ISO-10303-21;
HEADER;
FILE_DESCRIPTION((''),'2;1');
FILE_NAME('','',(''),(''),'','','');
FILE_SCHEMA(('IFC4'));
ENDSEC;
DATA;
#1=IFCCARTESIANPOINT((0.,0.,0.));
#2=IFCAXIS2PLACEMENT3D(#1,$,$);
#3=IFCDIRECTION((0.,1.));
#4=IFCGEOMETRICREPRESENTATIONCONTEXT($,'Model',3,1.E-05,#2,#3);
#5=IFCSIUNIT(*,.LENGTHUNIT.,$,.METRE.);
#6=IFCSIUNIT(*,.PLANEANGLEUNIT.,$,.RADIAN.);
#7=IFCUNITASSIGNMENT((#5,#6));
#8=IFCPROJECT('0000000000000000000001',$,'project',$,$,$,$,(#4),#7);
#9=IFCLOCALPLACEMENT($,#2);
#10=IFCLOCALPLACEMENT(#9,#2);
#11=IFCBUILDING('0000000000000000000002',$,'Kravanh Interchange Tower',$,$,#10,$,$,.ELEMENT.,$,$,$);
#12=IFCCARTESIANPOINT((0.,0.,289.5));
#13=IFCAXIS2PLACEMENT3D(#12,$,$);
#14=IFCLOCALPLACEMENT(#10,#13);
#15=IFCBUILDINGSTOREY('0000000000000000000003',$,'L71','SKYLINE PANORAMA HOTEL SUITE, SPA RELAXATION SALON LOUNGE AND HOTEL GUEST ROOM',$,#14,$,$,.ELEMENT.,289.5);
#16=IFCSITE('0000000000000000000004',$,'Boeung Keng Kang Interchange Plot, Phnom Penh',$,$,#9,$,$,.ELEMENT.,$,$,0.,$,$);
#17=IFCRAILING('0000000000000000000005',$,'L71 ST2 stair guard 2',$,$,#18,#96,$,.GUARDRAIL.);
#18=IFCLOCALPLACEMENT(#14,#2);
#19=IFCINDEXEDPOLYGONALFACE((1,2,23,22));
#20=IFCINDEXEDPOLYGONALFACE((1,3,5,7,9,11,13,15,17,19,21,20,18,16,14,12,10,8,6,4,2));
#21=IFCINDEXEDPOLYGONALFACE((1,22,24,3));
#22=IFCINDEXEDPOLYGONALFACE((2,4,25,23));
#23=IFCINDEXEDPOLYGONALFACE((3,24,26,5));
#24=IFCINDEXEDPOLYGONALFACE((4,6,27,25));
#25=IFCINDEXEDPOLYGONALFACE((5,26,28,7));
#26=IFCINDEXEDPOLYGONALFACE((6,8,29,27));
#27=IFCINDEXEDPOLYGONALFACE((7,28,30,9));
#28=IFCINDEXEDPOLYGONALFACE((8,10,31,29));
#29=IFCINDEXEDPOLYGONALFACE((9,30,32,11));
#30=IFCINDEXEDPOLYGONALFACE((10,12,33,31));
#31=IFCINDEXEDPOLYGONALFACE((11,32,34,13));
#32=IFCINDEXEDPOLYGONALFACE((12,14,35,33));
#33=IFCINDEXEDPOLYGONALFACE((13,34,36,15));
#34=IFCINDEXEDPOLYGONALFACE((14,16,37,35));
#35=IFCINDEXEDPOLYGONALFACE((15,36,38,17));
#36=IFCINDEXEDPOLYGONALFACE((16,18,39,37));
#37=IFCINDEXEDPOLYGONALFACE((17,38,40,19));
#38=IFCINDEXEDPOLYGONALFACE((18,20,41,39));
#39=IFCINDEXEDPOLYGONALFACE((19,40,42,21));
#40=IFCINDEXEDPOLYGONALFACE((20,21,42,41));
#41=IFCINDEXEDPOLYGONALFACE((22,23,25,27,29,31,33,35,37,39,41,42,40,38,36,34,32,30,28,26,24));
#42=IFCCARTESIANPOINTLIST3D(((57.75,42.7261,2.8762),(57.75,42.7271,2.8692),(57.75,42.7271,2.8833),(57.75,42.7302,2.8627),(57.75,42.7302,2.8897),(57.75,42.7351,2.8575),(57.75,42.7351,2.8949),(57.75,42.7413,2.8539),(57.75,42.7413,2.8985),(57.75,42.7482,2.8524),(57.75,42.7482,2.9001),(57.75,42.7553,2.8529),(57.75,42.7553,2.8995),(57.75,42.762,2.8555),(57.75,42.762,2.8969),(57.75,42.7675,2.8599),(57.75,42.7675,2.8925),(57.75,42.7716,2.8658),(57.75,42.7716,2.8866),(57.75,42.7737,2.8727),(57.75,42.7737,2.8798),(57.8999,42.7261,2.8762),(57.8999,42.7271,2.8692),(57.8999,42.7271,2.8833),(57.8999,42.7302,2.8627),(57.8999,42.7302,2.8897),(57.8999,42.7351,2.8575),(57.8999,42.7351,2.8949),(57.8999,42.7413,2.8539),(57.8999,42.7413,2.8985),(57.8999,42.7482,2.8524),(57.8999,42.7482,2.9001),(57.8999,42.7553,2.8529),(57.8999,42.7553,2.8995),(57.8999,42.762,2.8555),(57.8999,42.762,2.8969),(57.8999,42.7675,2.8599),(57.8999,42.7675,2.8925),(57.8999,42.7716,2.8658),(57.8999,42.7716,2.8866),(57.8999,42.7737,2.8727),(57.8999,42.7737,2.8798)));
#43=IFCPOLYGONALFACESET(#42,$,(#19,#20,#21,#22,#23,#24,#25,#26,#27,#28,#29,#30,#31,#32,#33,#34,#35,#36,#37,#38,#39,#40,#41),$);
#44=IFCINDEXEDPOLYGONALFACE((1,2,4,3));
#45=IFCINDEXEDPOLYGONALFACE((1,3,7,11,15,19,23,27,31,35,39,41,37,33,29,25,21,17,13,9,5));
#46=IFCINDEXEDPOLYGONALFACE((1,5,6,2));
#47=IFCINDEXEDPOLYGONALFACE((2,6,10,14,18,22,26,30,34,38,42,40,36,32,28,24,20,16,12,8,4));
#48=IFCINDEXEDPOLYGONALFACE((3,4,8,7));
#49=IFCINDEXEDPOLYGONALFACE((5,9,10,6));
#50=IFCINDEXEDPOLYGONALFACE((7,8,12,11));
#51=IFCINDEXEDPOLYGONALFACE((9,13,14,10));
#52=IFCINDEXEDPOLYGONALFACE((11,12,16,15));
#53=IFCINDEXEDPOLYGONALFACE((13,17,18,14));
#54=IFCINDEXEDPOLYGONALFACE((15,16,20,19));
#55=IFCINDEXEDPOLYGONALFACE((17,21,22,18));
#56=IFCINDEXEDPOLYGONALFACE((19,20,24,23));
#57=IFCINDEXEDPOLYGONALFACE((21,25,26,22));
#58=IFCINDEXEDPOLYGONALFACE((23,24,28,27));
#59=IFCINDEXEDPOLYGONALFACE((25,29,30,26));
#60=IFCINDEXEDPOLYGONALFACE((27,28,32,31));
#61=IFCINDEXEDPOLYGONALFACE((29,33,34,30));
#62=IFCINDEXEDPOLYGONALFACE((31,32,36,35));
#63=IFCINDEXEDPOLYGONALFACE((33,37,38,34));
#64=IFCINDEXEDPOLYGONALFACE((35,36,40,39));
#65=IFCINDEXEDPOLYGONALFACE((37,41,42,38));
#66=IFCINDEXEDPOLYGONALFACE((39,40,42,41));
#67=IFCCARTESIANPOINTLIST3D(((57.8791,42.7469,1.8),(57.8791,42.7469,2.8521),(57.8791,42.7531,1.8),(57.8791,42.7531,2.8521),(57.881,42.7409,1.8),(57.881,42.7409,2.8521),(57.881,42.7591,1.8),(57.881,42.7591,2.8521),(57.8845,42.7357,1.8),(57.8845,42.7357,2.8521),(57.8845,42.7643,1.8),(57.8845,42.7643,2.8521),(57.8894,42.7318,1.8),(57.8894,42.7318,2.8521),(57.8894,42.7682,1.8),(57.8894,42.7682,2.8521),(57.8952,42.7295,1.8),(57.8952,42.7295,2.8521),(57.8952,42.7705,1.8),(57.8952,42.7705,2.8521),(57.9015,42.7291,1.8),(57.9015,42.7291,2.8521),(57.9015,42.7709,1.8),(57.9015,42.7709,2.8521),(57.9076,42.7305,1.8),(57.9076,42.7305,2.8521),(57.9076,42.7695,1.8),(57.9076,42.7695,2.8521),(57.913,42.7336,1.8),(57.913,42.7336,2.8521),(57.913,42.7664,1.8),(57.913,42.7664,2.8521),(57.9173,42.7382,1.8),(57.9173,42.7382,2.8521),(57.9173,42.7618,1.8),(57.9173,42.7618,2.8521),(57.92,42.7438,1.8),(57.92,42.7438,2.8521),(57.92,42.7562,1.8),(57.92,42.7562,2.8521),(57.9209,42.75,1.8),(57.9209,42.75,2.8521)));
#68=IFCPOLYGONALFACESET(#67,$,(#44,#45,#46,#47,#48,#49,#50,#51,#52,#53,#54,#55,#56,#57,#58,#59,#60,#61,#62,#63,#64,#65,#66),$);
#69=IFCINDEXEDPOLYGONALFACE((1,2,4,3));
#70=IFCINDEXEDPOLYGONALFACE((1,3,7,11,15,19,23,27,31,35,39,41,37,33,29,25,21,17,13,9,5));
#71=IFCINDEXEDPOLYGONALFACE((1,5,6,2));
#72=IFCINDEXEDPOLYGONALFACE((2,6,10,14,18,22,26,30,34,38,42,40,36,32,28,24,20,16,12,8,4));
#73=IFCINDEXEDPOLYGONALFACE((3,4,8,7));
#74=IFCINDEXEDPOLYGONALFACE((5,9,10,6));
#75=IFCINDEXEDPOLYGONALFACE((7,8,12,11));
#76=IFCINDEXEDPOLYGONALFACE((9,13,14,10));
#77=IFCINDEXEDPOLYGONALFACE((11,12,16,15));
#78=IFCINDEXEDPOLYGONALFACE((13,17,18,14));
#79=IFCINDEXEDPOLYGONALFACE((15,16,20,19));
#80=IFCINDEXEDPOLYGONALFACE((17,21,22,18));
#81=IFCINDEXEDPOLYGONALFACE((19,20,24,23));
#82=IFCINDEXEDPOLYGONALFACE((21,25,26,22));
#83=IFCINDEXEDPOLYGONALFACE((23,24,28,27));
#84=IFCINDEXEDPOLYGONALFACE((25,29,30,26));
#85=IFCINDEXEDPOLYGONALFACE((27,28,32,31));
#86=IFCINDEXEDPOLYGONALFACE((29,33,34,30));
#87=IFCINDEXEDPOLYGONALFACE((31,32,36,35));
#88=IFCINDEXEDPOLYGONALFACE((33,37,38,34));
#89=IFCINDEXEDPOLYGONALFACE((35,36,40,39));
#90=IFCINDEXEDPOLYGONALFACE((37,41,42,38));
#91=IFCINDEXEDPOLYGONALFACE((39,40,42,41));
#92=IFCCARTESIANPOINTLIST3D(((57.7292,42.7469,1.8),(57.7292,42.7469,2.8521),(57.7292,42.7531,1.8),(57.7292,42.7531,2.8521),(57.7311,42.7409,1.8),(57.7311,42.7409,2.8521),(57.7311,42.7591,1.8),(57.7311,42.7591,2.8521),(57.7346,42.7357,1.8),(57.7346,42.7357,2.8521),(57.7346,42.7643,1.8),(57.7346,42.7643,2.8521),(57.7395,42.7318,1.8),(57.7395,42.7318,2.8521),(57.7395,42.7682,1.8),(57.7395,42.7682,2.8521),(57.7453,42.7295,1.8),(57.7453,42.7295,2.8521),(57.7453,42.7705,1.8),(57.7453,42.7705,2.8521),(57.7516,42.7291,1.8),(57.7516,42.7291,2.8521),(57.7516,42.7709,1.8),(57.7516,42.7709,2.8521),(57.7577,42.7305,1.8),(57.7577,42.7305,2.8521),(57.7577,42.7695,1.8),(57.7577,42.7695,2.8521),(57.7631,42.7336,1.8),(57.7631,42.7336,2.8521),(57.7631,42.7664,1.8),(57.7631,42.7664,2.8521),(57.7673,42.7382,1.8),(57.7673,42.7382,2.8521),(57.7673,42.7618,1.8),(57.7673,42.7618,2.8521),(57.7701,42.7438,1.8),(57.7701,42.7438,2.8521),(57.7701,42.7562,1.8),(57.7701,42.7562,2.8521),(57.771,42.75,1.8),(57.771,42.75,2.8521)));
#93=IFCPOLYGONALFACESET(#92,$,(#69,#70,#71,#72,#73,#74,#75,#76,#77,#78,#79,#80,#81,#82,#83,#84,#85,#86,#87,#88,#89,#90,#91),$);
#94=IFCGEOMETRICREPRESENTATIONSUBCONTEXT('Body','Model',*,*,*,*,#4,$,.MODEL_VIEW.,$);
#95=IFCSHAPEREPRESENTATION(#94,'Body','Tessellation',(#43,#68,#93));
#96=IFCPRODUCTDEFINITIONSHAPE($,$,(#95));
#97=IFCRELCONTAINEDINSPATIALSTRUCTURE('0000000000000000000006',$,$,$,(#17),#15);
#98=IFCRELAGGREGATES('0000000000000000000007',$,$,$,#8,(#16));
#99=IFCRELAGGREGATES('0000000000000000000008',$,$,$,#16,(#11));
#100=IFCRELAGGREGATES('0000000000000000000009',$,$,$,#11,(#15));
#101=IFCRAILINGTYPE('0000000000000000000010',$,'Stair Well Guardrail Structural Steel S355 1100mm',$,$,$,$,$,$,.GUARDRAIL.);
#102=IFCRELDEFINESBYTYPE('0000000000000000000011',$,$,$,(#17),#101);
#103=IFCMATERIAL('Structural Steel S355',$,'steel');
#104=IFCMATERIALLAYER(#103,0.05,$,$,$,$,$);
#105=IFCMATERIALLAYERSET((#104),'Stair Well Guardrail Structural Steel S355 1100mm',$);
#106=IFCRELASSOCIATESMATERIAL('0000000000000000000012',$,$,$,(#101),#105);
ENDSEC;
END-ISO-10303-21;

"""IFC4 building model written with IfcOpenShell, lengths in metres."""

from ifc_helpers import new_model, si_unit, direction, frame, origin, origin_2d, place, context, subcontext, project, spatial, circle, extrude, material, layer, layer_set, type_object, element, save


model = new_model("IFC4")

# Units and contexts
model_context = context("Model", 3, precision=1e-05, world=origin(), true_north=direction((0.0, 1.0)))
body_context = subcontext(model_context, "Body", "Model", "MODEL_VIEW")
ifc_project = project(units=[si_unit("LENGTHUNIT", "METRE"), si_unit("PLANEANGLEUNIT", "RADIAN")], contexts=[model_context])

# Site, building, storey
site_placement = place(None, origin())
site = spatial("IfcSite", under=ifc_project, at=site_placement, Name="Boeung Keng Kang Interchange Plot, Phnom Penh", CompositionType="ELEMENT", RefElevation=0.0)
building_placement = place(site_placement, origin())
building = spatial("IfcBuilding", under=site, at=building_placement, Name="Kravanh Interchange Tower", CompositionType="ELEMENT")
storey_placement = place(building_placement, frame((0.0, 0.0, 289.5)))
storey = spatial("IfcBuildingStorey", under=building, at=storey_placement, Name="L71", Description="SKYLINE PANORAMA HOTEL SUITE, SPA RELAXATION SALON LOUNGE AND HOTEL GUEST ROOM", CompositionType="ELEMENT", Elevation=289.5)

# Railing
ifc_material_1 = material(Name="Structural Steel S355", Category="steel")
ifc_layer_1 = layer(ifc_material_1, 0.05)
ifc_layer_set_1 = layer_set([ifc_layer_1], Name="Stair Well Guardrail Structural Steel S355 1100mm")
railing_type_1 = type_object("IfcRailingType", Name="Stair Well Guardrail Structural Steel S355 1100mm", PredefinedType="GUARDRAIL", material=ifc_layer_set_1)
railing_1_placement = place(storey_placement, frame((57.8999, 42.75, 1.8)))
element("IfcRailing", 1, at=railing_1_placement, inside=storey, type_object=railing_type_1, Name="L71 ST2 stair guard 2", PredefinedType="GUARDRAIL", context=body_context, shape_type="SweptSolid", body=[
    extrude(circle(Radius=0.0239, at=origin_2d()), frame((0.0, 0.0, 1.0762), z_axis=(-1.0, 0.0, 0.0), x_axis=(0.0, -1.0, 0.0)), (0.0, 0.0, 1.0), 0.1499),
    extrude(circle(Radius=0.021, at=origin_2d()), origin(), (0.0, 0.0, 1.0), 1.052),
    extrude(circle(Radius=0.021, at=origin_2d()), frame((-0.1499, 0.0, 0.0)), (0.0, 0.0, 1.0), 1.052),
])

save(model, "model.ifc")
